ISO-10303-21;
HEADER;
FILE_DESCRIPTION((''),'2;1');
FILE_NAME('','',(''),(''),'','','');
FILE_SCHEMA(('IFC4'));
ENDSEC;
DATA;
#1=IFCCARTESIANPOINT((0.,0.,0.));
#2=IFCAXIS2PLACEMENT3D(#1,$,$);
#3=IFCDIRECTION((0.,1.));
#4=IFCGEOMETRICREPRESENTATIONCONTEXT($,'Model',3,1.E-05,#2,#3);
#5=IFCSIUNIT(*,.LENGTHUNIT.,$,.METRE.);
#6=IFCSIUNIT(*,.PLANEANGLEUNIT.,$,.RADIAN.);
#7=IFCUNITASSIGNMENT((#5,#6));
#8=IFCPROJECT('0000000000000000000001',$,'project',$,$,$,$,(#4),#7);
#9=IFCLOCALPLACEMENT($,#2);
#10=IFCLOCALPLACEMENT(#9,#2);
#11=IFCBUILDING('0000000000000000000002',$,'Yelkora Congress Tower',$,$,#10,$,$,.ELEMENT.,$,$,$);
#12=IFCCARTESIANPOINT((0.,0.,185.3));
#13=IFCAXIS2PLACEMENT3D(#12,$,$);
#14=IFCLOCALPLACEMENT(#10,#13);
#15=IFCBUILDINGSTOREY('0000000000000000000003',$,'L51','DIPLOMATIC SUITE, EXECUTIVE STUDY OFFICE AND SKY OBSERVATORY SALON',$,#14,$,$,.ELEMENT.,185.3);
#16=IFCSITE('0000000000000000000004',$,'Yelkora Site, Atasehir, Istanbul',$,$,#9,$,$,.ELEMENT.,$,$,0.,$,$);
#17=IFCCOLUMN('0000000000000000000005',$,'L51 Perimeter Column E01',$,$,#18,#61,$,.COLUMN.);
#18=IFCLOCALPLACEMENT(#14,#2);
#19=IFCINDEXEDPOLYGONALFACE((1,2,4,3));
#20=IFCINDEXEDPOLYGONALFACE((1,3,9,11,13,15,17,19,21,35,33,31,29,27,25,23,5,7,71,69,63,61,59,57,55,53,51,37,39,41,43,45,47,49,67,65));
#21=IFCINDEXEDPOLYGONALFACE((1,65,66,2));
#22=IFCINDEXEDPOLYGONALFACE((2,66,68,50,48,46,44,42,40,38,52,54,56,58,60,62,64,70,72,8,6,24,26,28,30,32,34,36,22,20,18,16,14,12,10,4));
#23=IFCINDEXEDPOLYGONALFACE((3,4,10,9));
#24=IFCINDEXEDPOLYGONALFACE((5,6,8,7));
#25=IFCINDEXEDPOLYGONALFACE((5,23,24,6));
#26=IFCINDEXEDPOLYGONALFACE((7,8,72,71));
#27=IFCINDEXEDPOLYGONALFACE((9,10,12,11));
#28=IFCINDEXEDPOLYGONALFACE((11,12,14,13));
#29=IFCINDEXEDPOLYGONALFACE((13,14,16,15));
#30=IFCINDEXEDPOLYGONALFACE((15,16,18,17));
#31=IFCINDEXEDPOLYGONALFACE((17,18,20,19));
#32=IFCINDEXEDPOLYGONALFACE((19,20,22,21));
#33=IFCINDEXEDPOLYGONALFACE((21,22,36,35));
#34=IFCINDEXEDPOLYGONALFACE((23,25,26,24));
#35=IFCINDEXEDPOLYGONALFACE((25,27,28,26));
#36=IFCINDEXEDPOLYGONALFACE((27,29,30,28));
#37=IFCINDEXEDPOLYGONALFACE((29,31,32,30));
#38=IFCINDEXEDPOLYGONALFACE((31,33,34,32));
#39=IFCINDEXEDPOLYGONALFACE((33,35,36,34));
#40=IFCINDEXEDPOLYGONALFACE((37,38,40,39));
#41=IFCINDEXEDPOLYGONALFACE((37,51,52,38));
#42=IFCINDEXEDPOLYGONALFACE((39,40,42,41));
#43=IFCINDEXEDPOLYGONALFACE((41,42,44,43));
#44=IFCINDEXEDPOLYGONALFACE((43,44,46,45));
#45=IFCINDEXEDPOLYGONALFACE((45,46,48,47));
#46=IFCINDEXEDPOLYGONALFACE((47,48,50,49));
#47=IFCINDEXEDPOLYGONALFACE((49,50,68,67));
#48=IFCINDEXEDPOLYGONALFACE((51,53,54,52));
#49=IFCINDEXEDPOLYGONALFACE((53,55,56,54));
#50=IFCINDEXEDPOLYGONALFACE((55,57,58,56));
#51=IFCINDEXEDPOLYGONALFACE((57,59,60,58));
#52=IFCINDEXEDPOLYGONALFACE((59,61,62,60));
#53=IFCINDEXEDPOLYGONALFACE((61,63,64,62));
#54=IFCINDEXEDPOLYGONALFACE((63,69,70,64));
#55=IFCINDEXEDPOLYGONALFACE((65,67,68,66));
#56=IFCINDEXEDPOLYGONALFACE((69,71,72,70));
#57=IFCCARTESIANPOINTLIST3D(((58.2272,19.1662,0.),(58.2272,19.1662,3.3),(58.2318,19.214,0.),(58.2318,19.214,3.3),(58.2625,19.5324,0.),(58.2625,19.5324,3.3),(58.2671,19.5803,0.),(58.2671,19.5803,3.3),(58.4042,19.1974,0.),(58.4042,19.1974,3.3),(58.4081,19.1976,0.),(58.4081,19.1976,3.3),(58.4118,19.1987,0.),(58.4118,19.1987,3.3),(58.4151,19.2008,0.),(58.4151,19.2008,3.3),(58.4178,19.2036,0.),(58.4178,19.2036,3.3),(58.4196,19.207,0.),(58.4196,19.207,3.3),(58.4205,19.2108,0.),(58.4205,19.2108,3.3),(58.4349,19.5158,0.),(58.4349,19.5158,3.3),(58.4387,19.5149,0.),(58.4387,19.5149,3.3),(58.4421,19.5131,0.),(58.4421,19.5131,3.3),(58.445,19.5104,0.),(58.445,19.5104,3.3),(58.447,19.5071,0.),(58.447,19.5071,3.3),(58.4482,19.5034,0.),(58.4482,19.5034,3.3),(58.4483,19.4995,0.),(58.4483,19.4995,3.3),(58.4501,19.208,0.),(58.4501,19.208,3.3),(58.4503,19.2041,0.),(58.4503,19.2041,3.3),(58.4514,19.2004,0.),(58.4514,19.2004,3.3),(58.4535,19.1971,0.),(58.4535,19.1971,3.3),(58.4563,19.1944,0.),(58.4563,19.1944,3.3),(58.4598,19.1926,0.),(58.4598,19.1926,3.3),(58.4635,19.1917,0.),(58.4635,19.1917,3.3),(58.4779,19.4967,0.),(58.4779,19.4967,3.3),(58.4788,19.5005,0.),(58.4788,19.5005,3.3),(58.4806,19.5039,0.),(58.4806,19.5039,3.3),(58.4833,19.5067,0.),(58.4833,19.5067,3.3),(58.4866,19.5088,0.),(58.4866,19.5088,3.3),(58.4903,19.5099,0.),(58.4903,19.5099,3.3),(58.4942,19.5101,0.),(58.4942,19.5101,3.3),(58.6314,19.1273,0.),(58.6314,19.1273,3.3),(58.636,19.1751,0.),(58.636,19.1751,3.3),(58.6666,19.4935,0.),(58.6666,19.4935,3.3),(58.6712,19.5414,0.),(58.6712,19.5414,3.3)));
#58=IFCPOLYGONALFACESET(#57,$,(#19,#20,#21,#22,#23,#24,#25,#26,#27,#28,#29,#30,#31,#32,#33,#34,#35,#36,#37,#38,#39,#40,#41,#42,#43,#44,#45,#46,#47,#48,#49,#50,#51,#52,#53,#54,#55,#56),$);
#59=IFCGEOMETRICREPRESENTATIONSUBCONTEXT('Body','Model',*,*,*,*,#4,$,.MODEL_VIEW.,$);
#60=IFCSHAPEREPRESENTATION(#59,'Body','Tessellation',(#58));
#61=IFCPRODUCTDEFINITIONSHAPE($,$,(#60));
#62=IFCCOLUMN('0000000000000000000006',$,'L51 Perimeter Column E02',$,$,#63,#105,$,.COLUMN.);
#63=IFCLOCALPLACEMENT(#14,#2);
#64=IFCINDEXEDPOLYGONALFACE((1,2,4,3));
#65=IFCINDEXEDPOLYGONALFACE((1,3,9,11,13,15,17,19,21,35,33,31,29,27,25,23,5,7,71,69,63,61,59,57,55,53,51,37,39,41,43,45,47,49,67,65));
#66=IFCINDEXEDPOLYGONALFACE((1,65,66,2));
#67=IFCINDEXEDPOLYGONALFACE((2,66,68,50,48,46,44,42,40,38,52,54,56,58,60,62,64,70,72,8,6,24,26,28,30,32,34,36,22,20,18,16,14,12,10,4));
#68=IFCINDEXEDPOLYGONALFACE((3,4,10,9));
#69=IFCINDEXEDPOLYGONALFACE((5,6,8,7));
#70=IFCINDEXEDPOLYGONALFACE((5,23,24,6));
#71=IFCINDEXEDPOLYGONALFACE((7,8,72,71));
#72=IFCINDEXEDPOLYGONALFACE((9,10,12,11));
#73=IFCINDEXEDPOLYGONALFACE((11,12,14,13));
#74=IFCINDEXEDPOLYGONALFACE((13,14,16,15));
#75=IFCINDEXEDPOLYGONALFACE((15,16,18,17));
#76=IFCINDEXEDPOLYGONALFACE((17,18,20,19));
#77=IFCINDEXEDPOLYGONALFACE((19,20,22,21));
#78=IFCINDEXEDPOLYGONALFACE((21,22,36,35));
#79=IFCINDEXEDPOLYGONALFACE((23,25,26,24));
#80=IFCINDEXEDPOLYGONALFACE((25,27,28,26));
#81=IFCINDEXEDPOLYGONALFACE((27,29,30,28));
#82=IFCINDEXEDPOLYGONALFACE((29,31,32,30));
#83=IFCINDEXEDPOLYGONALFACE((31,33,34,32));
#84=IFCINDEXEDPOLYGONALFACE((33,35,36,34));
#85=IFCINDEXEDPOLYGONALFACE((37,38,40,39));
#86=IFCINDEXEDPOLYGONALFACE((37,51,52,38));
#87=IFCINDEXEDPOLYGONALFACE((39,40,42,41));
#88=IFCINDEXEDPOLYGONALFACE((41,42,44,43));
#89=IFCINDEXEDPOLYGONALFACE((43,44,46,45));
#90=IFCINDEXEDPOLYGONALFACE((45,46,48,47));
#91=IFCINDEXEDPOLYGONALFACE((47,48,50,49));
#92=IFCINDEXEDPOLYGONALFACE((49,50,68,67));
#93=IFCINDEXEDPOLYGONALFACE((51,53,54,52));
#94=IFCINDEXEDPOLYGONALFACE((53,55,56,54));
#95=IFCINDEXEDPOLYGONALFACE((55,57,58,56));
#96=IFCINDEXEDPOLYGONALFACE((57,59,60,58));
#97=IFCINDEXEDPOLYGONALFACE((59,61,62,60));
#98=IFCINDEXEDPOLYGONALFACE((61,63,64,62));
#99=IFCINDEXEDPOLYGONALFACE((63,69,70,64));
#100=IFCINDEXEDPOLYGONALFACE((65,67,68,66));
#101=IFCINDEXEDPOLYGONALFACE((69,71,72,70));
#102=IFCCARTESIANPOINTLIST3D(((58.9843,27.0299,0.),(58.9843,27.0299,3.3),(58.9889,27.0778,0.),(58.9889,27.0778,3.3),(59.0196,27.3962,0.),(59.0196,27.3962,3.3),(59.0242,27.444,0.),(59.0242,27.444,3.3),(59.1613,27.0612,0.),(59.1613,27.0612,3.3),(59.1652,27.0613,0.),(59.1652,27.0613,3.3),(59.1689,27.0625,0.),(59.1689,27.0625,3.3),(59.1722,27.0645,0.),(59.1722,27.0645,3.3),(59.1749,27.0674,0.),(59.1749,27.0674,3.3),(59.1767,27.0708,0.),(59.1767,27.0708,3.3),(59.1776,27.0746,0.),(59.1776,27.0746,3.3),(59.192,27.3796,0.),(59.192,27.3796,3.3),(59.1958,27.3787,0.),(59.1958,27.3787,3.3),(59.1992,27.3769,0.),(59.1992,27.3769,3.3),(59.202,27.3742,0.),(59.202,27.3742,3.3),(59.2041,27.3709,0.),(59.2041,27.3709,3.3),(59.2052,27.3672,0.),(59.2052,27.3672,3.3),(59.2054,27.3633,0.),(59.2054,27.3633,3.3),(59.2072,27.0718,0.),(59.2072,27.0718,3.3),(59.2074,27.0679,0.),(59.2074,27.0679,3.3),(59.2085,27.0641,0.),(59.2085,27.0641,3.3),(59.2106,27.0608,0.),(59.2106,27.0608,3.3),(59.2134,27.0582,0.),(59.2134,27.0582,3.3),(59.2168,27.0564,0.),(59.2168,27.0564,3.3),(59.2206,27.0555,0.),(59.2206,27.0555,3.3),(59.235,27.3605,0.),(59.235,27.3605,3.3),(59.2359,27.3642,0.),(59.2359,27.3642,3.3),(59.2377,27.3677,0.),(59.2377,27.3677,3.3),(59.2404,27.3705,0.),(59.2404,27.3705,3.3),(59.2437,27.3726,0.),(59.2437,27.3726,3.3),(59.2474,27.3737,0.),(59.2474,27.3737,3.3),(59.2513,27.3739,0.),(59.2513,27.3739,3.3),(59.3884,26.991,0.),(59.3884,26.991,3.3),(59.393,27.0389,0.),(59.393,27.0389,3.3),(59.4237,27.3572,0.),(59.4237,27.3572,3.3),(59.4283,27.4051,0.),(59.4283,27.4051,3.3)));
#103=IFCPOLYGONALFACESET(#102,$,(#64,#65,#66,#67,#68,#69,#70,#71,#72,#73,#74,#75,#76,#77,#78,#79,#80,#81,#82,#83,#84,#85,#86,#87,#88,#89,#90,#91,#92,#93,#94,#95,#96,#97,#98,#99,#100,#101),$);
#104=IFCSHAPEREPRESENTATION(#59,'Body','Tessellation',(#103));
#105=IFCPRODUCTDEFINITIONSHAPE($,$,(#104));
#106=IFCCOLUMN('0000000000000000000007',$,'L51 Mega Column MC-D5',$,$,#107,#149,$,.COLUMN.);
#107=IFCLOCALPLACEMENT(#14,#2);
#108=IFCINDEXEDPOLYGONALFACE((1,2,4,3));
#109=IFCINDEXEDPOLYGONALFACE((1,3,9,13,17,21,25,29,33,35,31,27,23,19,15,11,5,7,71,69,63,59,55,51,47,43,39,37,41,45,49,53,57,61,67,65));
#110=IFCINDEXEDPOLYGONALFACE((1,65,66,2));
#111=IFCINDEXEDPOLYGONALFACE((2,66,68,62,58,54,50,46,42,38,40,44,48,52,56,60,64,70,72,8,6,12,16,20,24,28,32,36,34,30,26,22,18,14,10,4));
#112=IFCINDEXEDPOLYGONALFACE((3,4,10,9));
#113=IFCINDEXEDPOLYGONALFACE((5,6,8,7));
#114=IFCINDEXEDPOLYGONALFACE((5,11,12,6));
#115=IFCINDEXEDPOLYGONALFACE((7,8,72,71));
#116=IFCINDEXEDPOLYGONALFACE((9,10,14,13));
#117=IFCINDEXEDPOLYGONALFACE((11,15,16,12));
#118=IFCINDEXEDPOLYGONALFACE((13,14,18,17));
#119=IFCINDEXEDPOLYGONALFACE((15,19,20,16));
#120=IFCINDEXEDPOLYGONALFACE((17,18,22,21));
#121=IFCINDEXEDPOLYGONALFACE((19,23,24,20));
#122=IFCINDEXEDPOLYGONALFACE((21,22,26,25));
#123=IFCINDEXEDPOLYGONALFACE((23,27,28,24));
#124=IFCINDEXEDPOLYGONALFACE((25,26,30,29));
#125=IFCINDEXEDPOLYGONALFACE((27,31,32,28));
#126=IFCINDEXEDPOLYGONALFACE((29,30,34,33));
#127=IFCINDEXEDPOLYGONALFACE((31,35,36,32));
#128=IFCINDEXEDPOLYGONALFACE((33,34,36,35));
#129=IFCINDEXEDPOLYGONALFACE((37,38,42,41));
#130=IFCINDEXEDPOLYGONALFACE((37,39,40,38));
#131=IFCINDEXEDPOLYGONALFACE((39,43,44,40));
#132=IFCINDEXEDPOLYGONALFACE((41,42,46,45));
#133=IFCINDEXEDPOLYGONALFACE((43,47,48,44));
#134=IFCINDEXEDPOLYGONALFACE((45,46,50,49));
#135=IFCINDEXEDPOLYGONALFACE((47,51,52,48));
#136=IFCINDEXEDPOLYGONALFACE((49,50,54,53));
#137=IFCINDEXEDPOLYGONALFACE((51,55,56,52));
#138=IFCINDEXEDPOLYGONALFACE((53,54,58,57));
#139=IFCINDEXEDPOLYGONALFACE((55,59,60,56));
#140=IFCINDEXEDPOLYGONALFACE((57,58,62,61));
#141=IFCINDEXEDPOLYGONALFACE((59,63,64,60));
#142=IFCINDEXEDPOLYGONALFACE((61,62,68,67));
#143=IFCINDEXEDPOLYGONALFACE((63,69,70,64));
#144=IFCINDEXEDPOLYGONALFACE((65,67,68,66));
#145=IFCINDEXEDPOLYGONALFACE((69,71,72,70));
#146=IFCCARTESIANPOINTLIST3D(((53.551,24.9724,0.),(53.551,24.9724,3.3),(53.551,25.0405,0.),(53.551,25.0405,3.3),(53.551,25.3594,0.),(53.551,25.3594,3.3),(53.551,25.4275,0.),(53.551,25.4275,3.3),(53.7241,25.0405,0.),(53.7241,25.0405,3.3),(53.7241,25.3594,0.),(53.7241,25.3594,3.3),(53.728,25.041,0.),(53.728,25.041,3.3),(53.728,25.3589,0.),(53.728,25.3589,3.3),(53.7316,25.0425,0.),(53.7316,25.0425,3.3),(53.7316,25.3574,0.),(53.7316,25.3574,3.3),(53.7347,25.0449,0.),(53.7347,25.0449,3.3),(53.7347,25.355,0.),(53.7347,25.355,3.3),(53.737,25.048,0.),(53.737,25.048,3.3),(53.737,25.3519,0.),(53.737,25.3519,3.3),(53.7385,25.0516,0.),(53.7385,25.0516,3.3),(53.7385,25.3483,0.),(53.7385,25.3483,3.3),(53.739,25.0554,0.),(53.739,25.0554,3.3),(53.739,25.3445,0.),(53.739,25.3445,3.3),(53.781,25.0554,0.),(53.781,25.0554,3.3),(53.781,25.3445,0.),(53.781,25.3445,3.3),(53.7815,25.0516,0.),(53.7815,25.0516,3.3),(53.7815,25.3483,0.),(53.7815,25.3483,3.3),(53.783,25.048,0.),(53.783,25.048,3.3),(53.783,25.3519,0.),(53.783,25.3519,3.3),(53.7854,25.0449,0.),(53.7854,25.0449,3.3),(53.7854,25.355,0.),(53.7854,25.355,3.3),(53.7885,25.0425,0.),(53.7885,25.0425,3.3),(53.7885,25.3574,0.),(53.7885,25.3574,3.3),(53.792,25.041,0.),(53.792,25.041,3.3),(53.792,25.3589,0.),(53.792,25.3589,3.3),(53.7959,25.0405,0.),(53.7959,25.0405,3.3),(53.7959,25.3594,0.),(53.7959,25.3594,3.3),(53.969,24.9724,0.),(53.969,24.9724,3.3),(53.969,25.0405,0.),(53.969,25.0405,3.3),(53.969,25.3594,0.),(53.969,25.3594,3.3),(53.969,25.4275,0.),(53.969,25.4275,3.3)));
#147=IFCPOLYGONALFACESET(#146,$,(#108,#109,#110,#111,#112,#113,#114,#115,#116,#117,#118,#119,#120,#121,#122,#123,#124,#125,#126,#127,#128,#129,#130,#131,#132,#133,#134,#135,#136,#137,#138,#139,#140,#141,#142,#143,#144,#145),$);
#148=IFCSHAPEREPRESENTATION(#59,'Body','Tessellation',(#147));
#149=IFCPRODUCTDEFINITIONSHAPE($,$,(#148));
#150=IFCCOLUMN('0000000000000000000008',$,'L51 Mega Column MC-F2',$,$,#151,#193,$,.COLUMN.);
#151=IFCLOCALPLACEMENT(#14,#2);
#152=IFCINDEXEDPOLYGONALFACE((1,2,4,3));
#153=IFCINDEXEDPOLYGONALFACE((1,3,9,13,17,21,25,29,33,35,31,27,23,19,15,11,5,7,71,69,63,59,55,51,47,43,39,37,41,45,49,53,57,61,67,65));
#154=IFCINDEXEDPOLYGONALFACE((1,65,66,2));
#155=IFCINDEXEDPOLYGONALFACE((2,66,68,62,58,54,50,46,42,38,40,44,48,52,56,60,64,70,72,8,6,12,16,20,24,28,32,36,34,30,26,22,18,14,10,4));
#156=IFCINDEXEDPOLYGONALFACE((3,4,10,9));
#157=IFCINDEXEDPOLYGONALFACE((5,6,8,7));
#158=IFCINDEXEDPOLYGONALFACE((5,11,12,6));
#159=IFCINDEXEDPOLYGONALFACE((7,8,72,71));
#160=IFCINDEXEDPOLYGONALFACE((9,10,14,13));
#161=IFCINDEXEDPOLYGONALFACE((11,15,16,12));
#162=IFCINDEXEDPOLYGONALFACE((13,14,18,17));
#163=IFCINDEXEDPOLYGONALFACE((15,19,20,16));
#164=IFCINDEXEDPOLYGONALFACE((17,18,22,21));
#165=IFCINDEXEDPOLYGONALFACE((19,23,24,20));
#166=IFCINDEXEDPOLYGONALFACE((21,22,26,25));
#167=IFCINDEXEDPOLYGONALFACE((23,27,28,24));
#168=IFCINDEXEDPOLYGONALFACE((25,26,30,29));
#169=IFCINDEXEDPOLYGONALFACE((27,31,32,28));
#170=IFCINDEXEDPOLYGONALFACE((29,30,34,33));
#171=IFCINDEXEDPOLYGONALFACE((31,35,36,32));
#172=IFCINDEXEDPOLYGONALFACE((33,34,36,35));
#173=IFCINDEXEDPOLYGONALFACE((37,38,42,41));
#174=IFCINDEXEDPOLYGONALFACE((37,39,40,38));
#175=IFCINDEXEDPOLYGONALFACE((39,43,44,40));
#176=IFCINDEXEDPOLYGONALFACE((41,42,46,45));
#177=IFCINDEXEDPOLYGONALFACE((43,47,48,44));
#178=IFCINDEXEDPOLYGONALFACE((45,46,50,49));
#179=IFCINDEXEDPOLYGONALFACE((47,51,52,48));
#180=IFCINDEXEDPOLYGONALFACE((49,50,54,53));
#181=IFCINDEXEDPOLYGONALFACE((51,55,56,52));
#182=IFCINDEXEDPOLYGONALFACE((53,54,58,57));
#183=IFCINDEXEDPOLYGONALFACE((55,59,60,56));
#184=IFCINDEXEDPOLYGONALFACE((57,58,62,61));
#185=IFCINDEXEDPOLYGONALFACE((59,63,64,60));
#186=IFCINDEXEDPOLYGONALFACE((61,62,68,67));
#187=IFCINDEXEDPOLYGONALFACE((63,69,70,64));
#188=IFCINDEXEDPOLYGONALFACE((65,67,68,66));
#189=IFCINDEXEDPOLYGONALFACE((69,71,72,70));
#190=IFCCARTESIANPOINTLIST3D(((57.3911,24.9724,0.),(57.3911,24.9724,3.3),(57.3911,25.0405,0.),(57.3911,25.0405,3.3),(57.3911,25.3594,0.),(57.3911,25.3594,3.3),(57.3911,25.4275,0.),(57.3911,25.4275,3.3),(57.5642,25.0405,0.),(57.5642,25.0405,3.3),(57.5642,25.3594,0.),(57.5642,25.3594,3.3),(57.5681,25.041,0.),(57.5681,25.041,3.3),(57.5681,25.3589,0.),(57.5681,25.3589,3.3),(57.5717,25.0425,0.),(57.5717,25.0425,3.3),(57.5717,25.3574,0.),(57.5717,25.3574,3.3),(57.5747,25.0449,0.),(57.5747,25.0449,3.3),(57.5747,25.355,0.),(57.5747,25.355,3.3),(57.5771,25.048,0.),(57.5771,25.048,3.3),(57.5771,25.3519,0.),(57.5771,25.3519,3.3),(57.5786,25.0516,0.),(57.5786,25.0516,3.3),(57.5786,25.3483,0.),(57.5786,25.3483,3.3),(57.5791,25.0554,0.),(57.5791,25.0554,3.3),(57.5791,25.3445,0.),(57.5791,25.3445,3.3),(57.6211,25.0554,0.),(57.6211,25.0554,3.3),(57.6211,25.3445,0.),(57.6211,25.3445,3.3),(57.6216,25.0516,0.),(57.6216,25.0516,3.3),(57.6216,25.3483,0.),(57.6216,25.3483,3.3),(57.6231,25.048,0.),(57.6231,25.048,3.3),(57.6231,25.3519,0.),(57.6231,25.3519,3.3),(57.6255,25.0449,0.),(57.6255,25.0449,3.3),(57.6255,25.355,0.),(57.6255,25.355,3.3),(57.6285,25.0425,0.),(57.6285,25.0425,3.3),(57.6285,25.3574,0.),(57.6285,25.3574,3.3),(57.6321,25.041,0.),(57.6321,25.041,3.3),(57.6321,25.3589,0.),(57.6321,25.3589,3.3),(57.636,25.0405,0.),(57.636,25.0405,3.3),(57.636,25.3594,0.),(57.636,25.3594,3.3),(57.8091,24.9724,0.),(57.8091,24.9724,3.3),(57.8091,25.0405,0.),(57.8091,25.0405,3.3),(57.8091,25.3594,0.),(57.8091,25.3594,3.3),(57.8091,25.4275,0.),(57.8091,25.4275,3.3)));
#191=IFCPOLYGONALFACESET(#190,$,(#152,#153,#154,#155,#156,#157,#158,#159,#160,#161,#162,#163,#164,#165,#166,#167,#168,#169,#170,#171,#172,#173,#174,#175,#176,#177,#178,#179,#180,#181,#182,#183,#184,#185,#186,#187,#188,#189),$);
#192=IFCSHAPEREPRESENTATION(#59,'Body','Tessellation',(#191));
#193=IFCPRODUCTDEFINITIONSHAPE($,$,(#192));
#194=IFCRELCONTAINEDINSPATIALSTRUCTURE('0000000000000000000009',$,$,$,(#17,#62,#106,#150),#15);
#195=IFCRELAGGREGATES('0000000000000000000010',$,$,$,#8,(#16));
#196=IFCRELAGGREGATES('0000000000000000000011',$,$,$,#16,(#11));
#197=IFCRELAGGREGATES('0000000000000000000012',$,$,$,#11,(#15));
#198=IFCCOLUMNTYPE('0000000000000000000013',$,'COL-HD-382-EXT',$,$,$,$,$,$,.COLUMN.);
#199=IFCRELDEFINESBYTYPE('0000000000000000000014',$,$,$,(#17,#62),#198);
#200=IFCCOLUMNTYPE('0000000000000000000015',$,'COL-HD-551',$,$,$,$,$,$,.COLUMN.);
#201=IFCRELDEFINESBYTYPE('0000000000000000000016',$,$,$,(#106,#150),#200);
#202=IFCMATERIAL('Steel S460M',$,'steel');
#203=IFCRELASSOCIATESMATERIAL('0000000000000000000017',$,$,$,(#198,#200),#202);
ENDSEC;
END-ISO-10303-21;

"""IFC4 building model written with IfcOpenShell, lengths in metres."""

from ifc_helpers import new_model, si_unit, direction, frame, origin, origin_2d, place, context, subcontext, project, spatial, i_section, extrude, material, material_profile, profile_set, type_object, element, save


model = new_model("IFC4")

# Units and contexts
model_context = context("Model", 3, precision=1e-05, world=origin(), true_north=direction((0.0, 1.0)))
body_context = subcontext(model_context, "Body", "Model", "MODEL_VIEW")
ifc_project = project(units=[si_unit("LENGTHUNIT", "METRE"), si_unit("PLANEANGLEUNIT", "RADIAN")], contexts=[model_context])

# Site, building, storey
site_placement = place(None, origin())
site = spatial("IfcSite", under=ifc_project, at=site_placement, Name="Yelkora Site, Atasehir, Istanbul", CompositionType="ELEMENT", RefElevation=0.0)
building_placement = place(site_placement, origin())
building = spatial("IfcBuilding", under=site, at=building_placement, Name="Yelkora Congress Tower", CompositionType="ELEMENT")
storey_placement = place(building_placement, frame((0.0, 0.0, 185.3)))
storey = spatial("IfcBuildingStorey", under=building, at=storey_placement, Name="L51", Description="DIPLOMATIC SUITE, EXECUTIVE STUDY OFFICE AND SKY OBSERVATORY SALON", CompositionType="ELEMENT", Elevation=185.3)

# Columns
ifc_material_1 = material(Name="Steel S460M", Category="steel")
ifc_material_profile_1 = material_profile(ifc_material_1, i_section(OverallWidth=0.406, OverallDepth=0.416, WebThickness=0.0298, FlangeThickness=0.0481, FilletRadius=0.0149, at=origin_2d()), Name="HD 400x382")
ifc_profile_set_1 = profile_set([ifc_material_profile_1], Name="Steel S460M")
column_type_1 = type_object("IfcColumnType", Name="COL-HD-382-EXT", PredefinedType="COLUMN", material=ifc_profile_set_1)
for number, where, z_axis, x_axis, name in (
    (1, (58.4492, 19.3538, 0.0), (0.0, 0.0, 1.0), (0.995396, -0.095846, 0.0), "L51 Perimeter Column E01"),
    (2, (59.2063, 27.2175, 0.0), (0.0, 0.0, 1.0), (0.995396, -0.095846, 0.0), "L51 Perimeter Column E02"),
):
    element("IfcColumn", number, at=place(storey_placement, frame(where, z_axis=z_axis, x_axis=x_axis)), inside=storey, type_object=column_type_1, Name=name, PredefinedType="COLUMN", context=body_context, shape_type="SweptSolid", body=[
        extrude(i_section(OverallWidth=0.406, OverallDepth=0.416, WebThickness=0.0298, FlangeThickness=0.0481, FilletRadius=0.0149, at=origin_2d()), origin(), (0.0, 0.0, 1.0), 3.3),
    ])
ifc_material_profile_2 = material_profile(ifc_material_1, i_section(OverallWidth=0.418, OverallDepth=0.4551, WebThickness=0.042, FlangeThickness=0.0681, FilletRadius=0.0149, at=origin_2d()), Name="HD 400x551")
ifc_profile_set_2 = profile_set([ifc_material_profile_2], Name="Steel S460M")
column_type_2 = type_object("IfcColumnType", Name="COL-HD-551", PredefinedType="COLUMN", material=ifc_profile_set_2)
for number, where, z_axis, x_axis, name in (
    (3, (53.76, 25.2, 0.0), (0.0, 0.0, 1.0), (1.0, 0.0, 0.0), "L51 Mega Column MC-D5"),
    (4, (57.6001, 25.2, 0.0), (0.0, 0.0, 1.0), (1.0, 0.0, 0.0), "L51 Mega Column MC-F2"),
):
    element("IfcColumn", number, at=place(storey_placement, frame(where, z_axis=z_axis, x_axis=x_axis)), inside=storey, type_object=column_type_2, Name=name, PredefinedType="COLUMN", context=body_context, shape_type="SweptSolid", body=[
        extrude(i_section(OverallWidth=0.418, OverallDepth=0.4551, WebThickness=0.042, FlangeThickness=0.0681, FilletRadius=0.0149, at=origin_2d()), origin(), (0.0, 0.0, 1.0), 3.3),
    ])

save(model, "model.ifc")
